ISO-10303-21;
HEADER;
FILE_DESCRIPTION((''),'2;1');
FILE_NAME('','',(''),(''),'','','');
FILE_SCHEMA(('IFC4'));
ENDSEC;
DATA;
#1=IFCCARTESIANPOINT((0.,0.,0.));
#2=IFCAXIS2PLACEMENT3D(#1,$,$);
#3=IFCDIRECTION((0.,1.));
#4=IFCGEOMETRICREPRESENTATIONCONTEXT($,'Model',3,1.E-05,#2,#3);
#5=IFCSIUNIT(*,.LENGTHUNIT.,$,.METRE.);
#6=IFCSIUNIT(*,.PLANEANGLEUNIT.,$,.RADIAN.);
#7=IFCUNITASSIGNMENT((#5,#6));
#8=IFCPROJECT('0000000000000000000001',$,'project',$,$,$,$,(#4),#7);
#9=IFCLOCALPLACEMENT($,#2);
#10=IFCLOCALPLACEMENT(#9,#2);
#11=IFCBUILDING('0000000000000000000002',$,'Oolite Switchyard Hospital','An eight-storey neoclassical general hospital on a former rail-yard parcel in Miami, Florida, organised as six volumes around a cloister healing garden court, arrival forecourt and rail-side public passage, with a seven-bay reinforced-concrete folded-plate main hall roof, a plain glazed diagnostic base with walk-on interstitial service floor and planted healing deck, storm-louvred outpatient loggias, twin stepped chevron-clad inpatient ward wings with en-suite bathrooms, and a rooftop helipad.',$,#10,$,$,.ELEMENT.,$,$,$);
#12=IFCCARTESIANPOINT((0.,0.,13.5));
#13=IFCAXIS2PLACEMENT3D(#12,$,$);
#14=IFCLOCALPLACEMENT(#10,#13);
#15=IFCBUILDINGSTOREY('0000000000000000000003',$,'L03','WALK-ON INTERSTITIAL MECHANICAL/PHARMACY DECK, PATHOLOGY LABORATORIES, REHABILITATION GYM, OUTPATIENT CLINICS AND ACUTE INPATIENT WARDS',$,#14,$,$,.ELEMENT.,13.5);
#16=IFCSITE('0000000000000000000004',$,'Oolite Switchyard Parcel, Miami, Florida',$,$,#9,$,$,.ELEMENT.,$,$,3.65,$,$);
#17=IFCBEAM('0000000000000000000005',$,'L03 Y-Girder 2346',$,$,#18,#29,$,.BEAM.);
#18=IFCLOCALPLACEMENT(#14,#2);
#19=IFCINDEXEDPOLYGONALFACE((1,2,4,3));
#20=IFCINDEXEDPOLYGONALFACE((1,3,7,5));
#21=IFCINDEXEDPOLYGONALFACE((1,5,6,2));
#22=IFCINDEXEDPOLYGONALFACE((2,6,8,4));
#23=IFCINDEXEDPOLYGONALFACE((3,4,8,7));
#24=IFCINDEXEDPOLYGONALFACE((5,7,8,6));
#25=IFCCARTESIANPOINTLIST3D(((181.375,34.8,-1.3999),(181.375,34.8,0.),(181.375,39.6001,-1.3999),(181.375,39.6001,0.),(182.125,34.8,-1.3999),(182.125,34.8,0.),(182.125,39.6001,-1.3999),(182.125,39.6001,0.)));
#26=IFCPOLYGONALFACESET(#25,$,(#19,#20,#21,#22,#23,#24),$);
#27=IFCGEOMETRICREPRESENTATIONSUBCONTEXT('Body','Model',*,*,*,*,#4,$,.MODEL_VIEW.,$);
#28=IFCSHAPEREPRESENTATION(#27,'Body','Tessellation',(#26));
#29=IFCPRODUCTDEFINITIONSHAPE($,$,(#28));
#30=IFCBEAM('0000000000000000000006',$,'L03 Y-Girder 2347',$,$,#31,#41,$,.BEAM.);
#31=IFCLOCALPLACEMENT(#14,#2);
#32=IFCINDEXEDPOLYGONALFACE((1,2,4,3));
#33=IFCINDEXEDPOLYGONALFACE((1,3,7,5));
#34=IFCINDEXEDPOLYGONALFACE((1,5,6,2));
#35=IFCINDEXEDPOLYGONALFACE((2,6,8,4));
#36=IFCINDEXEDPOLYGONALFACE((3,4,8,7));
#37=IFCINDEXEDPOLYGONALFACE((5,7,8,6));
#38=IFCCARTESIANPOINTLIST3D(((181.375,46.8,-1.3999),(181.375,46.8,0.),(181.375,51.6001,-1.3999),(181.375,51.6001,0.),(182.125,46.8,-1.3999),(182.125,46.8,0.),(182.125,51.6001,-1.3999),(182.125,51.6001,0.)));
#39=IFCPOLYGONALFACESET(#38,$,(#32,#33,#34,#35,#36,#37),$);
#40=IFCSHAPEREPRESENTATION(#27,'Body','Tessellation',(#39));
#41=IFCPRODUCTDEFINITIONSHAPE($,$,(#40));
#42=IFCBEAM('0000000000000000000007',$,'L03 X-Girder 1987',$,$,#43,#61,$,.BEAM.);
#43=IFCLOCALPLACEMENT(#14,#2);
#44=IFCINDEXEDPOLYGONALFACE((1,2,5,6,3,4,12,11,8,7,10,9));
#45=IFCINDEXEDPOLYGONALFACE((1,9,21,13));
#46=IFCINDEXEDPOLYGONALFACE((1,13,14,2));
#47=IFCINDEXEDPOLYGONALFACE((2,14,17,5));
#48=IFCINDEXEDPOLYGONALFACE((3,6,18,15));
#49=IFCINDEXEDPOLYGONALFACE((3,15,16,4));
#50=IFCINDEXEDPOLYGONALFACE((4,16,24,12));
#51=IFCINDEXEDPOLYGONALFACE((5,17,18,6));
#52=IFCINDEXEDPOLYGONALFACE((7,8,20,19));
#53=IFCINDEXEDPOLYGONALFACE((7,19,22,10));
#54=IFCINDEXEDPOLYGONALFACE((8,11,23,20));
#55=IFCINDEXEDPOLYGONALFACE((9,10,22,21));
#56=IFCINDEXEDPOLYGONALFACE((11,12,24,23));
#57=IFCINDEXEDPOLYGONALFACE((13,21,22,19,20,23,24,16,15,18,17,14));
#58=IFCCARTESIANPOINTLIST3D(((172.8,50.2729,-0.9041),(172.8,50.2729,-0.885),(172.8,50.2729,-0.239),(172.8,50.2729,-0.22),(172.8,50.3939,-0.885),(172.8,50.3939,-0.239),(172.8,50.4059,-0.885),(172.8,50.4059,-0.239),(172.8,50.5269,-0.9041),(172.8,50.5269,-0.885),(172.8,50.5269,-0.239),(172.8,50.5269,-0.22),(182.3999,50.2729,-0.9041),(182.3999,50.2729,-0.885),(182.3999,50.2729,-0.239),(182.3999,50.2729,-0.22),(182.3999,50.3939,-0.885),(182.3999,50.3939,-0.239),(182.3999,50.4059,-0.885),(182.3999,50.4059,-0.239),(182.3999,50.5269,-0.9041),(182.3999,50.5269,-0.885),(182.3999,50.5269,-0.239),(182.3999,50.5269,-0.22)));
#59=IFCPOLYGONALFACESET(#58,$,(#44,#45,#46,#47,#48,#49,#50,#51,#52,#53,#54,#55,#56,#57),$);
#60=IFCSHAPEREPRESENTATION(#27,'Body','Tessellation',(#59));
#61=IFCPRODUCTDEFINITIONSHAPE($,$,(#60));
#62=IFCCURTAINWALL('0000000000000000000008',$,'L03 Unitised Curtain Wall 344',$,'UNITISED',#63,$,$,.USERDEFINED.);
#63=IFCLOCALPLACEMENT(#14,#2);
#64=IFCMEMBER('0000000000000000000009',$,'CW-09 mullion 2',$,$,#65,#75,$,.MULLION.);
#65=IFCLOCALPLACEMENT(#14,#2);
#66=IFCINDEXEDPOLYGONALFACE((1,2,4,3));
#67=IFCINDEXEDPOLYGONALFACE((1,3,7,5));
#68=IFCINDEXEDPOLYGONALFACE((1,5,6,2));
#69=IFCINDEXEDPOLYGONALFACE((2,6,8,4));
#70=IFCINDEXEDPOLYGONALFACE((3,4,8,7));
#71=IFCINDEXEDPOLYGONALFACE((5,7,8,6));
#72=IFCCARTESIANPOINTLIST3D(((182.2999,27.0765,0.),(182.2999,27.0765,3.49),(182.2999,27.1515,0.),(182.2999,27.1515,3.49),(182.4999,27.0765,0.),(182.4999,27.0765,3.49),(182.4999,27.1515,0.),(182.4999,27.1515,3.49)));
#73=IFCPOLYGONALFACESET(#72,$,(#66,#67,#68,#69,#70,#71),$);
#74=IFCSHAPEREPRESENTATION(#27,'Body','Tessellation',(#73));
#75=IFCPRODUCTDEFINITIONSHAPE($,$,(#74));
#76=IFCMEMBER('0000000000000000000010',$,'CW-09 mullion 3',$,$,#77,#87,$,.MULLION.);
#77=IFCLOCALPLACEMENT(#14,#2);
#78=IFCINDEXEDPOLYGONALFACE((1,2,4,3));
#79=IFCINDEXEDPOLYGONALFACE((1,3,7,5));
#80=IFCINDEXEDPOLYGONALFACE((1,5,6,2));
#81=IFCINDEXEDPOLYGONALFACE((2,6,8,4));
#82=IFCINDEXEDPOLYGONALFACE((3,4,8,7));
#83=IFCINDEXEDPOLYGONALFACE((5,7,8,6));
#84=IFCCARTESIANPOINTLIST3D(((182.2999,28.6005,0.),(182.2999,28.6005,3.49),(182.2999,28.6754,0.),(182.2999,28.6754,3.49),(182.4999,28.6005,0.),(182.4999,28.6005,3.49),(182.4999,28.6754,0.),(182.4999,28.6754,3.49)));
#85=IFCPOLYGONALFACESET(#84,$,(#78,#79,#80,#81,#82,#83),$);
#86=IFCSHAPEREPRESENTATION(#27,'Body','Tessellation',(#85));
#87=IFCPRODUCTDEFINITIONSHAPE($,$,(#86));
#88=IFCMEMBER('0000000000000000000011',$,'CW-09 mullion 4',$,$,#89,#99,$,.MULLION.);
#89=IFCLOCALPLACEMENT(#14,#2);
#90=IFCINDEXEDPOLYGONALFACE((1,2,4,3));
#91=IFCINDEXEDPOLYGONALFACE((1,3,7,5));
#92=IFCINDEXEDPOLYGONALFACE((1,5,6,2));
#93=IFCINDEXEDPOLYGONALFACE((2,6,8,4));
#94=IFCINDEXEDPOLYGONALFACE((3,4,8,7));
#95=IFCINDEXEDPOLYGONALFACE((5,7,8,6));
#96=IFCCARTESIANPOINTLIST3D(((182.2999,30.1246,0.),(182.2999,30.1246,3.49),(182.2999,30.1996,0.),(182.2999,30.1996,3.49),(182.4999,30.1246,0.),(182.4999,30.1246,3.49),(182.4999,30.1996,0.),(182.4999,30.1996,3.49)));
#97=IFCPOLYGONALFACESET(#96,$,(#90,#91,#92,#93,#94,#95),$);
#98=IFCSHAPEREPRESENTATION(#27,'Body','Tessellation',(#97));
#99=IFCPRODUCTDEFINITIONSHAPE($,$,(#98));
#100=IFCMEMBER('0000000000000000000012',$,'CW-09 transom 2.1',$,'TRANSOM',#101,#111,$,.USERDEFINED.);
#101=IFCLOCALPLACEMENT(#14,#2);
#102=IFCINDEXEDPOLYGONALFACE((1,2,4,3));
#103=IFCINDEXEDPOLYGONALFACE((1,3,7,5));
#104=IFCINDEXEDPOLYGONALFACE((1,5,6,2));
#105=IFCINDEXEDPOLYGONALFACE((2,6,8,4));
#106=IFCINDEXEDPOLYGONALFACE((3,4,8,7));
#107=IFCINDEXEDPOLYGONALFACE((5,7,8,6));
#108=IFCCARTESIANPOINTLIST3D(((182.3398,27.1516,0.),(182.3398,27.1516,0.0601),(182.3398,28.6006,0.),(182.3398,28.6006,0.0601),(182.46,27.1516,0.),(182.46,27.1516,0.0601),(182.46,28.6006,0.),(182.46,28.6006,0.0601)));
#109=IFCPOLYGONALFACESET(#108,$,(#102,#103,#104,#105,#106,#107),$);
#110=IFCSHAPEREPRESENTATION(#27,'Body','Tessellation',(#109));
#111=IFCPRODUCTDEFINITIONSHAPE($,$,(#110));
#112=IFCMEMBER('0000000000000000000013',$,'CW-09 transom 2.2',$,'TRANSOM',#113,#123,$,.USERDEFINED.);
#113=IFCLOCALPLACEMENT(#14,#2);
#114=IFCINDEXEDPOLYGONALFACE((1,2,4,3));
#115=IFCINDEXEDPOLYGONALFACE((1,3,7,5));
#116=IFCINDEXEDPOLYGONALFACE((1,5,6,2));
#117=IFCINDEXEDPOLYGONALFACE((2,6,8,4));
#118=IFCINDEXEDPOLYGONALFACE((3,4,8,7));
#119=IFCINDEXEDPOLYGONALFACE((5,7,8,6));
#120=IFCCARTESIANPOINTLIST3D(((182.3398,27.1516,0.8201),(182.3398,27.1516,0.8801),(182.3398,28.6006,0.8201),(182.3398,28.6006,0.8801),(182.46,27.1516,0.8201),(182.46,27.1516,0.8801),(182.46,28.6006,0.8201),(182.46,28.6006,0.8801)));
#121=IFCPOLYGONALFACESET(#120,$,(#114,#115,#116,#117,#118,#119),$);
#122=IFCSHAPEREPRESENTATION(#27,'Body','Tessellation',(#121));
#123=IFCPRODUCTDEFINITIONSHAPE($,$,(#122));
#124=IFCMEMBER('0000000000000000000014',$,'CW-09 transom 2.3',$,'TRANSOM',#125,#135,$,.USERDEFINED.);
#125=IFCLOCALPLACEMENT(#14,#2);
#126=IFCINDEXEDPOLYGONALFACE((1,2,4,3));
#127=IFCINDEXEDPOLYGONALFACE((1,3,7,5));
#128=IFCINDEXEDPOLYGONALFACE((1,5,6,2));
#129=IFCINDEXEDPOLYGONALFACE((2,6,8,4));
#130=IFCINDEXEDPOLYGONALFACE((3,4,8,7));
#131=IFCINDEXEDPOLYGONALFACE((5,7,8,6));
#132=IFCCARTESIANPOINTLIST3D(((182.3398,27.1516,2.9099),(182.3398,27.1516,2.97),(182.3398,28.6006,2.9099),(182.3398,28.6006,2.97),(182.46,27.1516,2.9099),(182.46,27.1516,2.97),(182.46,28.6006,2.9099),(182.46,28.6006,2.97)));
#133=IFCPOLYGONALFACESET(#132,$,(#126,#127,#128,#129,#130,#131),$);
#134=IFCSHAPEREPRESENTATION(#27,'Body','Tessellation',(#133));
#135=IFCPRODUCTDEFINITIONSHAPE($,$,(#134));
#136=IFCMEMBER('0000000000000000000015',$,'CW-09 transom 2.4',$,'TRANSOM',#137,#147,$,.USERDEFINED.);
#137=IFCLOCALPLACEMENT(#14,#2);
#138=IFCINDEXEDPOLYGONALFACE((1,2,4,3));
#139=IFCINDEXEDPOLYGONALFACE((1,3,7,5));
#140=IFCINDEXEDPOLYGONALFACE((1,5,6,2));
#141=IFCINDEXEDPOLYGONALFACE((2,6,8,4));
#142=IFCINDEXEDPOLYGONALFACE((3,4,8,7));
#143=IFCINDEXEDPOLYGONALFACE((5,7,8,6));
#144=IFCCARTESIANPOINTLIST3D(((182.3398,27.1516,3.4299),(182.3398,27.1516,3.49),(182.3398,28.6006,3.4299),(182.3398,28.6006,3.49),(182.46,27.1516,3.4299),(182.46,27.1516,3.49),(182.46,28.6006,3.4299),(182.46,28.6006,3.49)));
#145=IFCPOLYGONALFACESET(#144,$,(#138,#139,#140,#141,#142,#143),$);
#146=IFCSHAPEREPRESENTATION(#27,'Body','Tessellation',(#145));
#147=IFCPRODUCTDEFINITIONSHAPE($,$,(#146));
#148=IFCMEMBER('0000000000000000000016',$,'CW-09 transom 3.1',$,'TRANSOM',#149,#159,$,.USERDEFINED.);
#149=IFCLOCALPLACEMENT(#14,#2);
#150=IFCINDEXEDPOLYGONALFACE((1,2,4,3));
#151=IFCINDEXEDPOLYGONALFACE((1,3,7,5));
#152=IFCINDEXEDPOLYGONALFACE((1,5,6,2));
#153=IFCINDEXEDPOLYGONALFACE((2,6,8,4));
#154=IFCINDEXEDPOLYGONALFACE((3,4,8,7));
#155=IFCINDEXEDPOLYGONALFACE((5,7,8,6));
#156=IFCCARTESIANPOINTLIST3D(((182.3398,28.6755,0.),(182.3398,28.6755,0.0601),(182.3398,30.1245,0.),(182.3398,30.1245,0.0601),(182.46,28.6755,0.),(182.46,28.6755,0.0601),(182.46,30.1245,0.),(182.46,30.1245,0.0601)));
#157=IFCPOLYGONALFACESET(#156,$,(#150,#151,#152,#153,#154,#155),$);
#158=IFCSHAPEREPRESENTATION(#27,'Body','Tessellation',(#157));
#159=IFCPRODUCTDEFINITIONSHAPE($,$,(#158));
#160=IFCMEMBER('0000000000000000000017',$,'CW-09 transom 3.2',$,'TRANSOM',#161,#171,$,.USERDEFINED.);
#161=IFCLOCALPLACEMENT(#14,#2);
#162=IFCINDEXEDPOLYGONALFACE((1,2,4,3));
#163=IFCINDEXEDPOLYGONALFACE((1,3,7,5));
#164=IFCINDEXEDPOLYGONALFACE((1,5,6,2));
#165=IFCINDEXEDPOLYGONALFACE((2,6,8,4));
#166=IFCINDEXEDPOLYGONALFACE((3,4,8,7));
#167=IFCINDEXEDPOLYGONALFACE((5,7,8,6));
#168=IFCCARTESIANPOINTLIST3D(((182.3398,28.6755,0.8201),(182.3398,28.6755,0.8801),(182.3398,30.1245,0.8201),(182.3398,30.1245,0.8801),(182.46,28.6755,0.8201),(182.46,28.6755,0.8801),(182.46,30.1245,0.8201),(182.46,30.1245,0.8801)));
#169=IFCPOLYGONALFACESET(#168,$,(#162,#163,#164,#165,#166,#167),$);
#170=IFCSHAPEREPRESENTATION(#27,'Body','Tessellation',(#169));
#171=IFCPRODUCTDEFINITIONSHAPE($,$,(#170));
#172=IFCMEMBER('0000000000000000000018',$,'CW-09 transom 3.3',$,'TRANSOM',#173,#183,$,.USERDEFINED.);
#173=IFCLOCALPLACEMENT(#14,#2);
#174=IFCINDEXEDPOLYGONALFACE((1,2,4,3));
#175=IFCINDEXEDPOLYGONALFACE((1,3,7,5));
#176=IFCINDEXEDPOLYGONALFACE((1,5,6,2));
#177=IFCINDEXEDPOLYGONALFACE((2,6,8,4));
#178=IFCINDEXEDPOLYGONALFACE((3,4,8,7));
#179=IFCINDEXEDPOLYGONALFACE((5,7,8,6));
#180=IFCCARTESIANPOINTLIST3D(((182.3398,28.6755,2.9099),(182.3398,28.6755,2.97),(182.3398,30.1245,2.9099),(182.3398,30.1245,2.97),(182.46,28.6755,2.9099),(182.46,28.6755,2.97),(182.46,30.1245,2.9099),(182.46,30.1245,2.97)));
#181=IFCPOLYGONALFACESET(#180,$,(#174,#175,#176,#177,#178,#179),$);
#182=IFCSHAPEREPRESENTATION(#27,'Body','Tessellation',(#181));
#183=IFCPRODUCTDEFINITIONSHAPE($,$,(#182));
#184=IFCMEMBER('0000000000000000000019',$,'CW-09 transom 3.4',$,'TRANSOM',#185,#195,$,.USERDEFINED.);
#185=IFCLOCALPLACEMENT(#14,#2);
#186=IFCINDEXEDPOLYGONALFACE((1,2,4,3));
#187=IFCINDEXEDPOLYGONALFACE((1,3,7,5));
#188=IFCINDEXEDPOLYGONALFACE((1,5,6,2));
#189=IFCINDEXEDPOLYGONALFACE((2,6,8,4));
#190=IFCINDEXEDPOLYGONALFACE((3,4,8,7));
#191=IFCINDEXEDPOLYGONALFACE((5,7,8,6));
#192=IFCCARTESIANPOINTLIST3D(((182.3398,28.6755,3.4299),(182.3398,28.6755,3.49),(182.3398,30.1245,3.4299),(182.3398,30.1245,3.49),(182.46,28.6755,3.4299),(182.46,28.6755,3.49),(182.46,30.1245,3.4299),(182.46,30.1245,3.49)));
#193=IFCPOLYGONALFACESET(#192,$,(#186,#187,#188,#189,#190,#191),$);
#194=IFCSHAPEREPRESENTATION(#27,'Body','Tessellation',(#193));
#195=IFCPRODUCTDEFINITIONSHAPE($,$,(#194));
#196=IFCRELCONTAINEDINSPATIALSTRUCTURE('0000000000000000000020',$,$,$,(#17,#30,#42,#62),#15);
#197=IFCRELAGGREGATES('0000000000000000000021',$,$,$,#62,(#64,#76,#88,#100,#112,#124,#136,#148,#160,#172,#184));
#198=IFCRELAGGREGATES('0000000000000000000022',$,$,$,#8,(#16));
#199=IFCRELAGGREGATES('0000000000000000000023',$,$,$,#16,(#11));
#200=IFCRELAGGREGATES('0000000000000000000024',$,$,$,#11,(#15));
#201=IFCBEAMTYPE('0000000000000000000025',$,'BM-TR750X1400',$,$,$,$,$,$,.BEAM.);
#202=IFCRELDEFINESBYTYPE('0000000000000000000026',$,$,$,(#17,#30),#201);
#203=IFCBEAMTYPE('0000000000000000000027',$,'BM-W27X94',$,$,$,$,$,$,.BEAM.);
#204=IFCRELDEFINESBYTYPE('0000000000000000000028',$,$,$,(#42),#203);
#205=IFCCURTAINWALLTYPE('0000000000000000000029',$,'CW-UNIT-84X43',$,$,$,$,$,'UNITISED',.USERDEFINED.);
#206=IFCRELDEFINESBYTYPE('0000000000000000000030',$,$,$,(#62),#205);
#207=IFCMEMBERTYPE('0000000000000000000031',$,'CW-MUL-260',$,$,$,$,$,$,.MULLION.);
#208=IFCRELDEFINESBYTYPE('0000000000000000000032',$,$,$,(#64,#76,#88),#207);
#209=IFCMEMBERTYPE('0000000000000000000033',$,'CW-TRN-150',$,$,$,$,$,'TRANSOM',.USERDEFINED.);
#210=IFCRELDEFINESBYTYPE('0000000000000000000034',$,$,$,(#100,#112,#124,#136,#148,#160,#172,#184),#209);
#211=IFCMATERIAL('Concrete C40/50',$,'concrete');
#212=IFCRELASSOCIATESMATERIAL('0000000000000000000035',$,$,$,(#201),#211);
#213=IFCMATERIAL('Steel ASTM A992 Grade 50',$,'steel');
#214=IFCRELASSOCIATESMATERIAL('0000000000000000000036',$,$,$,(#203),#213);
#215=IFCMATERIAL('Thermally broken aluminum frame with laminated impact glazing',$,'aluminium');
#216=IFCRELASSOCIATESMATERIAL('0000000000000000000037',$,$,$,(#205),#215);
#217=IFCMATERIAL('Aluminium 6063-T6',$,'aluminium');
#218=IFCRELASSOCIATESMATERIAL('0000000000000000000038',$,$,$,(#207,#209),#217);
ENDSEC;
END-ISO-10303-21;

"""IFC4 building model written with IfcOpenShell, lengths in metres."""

from ifc_helpers import new_model, si_unit, direction, frame, origin, origin_2d, place, context, subcontext, project, spatial, rectangle, i_section, extrude, material, material_profile, profile_set, type_object, element, aggregate, save


model = new_model("IFC4")

# Units and contexts
model_context = context("Model", 3, precision=1e-05, world=origin(), true_north=direction((0.0, 1.0)))
body_context = subcontext(model_context, "Body", "Model", "MODEL_VIEW")
ifc_project = project(units=[si_unit("LENGTHUNIT", "METRE"), si_unit("PLANEANGLEUNIT", "RADIAN")], contexts=[model_context])

# Site, building, storey
site_placement = place(None, origin())
site = spatial("IfcSite", under=ifc_project, at=site_placement, Name="Oolite Switchyard Parcel, Miami, Florida", CompositionType="ELEMENT", RefElevation=3.65)
building_placement = place(site_placement, origin())
building = spatial("IfcBuilding", under=site, at=building_placement, Name="Oolite Switchyard Hospital", Description="An eight-storey neoclassical general hospital on a former rail-yard parcel in Miami, Florida, organised as six volumes around a cloister healing garden court, arrival forecourt and rail-side public passage, with a seven-bay reinforced-concrete folded-plate main hall roof, a plain glazed diagnostic base with walk-on interstitial service floor and planted healing deck, storm-louvred outpatient loggias, twin stepped chevron-clad inpatient ward wings with en-suite bathrooms, and a rooftop helipad.", CompositionType="ELEMENT")
storey_placement = place(building_placement, frame((0.0, 0.0, 13.5)))
storey = spatial("IfcBuildingStorey", under=building, at=storey_placement, Name="L03", Description="WALK-ON INTERSTITIAL MECHANICAL/PHARMACY DECK, PATHOLOGY LABORATORIES, REHABILITATION GYM, OUTPATIENT CLINICS AND ACUTE INPATIENT WARDS", CompositionType="ELEMENT", Elevation=13.5)

# Beams
ifc_material_1 = material(Name="Concrete C40/50", Category="concrete")
ifc_material_profile_1 = material_profile(ifc_material_1, rectangle(XDim=0.75, YDim=1.3999, at=origin_2d()), Name="RCT750X1400")
ifc_profile_set_1 = profile_set([ifc_material_profile_1], Name="Concrete C40/50")
beam_type_1 = type_object("IfcBeamType", Name="BM-TR750X1400", PredefinedType="BEAM", material=ifc_profile_set_1)
for number, where, z_axis, x_axis, name in (
    (1, (181.75, 34.8, -0.7), (0.0, 1.0, 0.0), (-1.0, 0.0, 0.0), "L03 Y-Girder 2346"),
    (2, (181.75, 46.8, -0.7), (0.0, 1.0, 0.0), (-1.0, 0.0, 0.0), "L03 Y-Girder 2347"),
):
    element("IfcBeam", number, at=place(storey_placement, frame(where, z_axis=z_axis, x_axis=x_axis)), inside=storey, type_object=beam_type_1, Name=name, PredefinedType="BEAM", context=body_context, shape_type="SweptSolid", body=[
        extrude(rectangle(XDim=0.75, YDim=1.3999, at=origin_2d()), origin(), (0.0, 0.0, 1.0), 4.8),
    ])
ifc_material_2 = material(Name="Steel ASTM A992 Grade 50", Category="steel")
ifc_material_profile_2 = material_profile(ifc_material_2, i_section(OverallWidth=0.2539, OverallDepth=0.6841, WebThickness=0.012, FlangeThickness=0.019, at=origin_2d()), Name="W27X94")
ifc_profile_set_2 = profile_set([ifc_material_profile_2], Name="Steel ASTM A992 Grade 50")
beam_type_2 = type_object("IfcBeamType", Name="BM-W27X94", PredefinedType="BEAM", material=ifc_profile_set_2)
beam_placement = place(storey_placement, frame((172.8, 50.3999, -0.562), z_axis=(1.0, 0.0, 0.0), x_axis=(0.0, 1.0, 0.0)))
element("IfcBeam", 3, at=beam_placement, inside=storey, type_object=beam_type_2, Name="L03 X-Girder 1987", PredefinedType="BEAM", context=body_context, shape_type="SweptSolid", body=[
    extrude(i_section(OverallWidth=0.2539, OverallDepth=0.6841, WebThickness=0.012, FlangeThickness=0.019, at=origin_2d()), origin(), (0.0, 0.0, 1.0), 9.5999),
])

# Curtain wall, members
ifc_material_3 = material(Name="Thermally broken aluminum frame with laminated impact glazing", Category="aluminium")
curtain_wall_type = type_object("IfcCurtainWallType", Name="CW-UNIT-84X43", ElementType="UNITISED", PredefinedType="USERDEFINED", material=ifc_material_3)
curtain_wall_placement = place(storey_placement, origin())
curtain_wall = element("IfcCurtainWall", 4, at=curtain_wall_placement, inside=storey, type_object=curtain_wall_type, Name="L03 Unitised Curtain Wall 344", ObjectType="UNITISED", PredefinedType="USERDEFINED")
ifc_material_4 = material(Name="Aluminium 6063-T6", Category="aluminium")
ifc_material_profile_3 = material_profile(ifc_material_4, rectangle(XDim=0.2, YDim=0.075, at=origin_2d()), Name="CWM75X200")
ifc_profile_set_3 = profile_set([ifc_material_profile_3], Name="Aluminium 6063-T6")
member_type_1 = type_object("IfcMemberType", Name="CW-MUL-260", PredefinedType="MULLION", material=ifc_profile_set_3)
member_1_placement = place(storey_placement, frame((182.3999, 27.114, 0.0), z_axis=(0.0, 0.0, 1.0), x_axis=(-1.0, 0.0, 0.0)))
member_1 = element("IfcMember", 5, at=member_1_placement, type_object=member_type_1, Name="CW-09 mullion 2", PredefinedType="MULLION", context=body_context, shape_type="SweptSolid", body=[
    extrude(rectangle(XDim=0.2, YDim=0.075, at=origin_2d()), origin(), (0.0, 0.0, 1.0), 3.49),
])
member_2_placement = place(storey_placement, frame((182.3999, 28.6379, 0.0), z_axis=(0.0, 0.0, 1.0), x_axis=(-1.0, 0.0, 0.0)))
member_2 = element("IfcMember", 6, at=member_2_placement, type_object=member_type_1, Name="CW-09 mullion 3", PredefinedType="MULLION", context=body_context, shape_type="SweptSolid", body=[
    extrude(rectangle(XDim=0.2, YDim=0.075, at=origin_2d()), origin(), (0.0, 0.0, 1.0), 3.49),
])
member_3_placement = place(storey_placement, frame((182.3999, 30.1621, 0.0), z_axis=(0.0, 0.0, 1.0), x_axis=(-1.0, 0.0, 0.0)))
member_3 = element("IfcMember", 7, at=member_3_placement, type_object=member_type_1, Name="CW-09 mullion 4", PredefinedType="MULLION", context=body_context, shape_type="SweptSolid", body=[
    extrude(rectangle(XDim=0.2, YDim=0.075, at=origin_2d()), origin(), (0.0, 0.0, 1.0), 3.49),
])
ifc_material_profile_4 = material_profile(ifc_material_4, rectangle(XDim=0.1201, YDim=0.0601, at=origin_2d()), Name="CWT60X120")
ifc_profile_set_4 = profile_set([ifc_material_profile_4], Name="Aluminium 6063-T6")
member_type_2 = type_object("IfcMemberType", Name="CW-TRN-150", ElementType="TRANSOM", PredefinedType="USERDEFINED", material=ifc_profile_set_4)
member_4_placement = place(storey_placement, frame((182.3999, 27.1516, 0.03), z_axis=(0.0, 1.0, 0.0), x_axis=(-1.0, 0.0, 0.0)))
member_4 = element("IfcMember", 8, at=member_4_placement, type_object=member_type_2, Name="CW-09 transom 2.1", ObjectType="TRANSOM", PredefinedType="USERDEFINED", context=body_context, shape_type="SweptSolid", body=[
    extrude(rectangle(XDim=0.1201, YDim=0.0601, at=origin_2d()), origin(), (0.0, 0.0, 1.0), 1.449),
])
member_5_placement = place(storey_placement, frame((182.3999, 27.1516, 0.8501), z_axis=(0.0, 1.0, 0.0), x_axis=(-1.0, 0.0, 0.0)))
member_5 = element("IfcMember", 9, at=member_5_placement, type_object=member_type_2, Name="CW-09 transom 2.2", ObjectType="TRANSOM", PredefinedType="USERDEFINED", context=body_context, shape_type="SweptSolid", body=[
    extrude(rectangle(XDim=0.1201, YDim=0.0601, at=origin_2d()), origin(), (0.0, 0.0, 1.0), 1.449),
])
member_6_placement = place(storey_placement, frame((182.3999, 27.1516, 2.9399), z_axis=(0.0, 1.0, 0.0), x_axis=(-1.0, 0.0, 0.0)))
member_6 = element("IfcMember", 10, at=member_6_placement, type_object=member_type_2, Name="CW-09 transom 2.3", ObjectType="TRANSOM", PredefinedType="USERDEFINED", context=body_context, shape_type="SweptSolid", body=[
    extrude(rectangle(XDim=0.1201, YDim=0.0601, at=origin_2d()), origin(), (0.0, 0.0, 1.0), 1.449),
])
member_7_placement = place(storey_placement, frame((182.3999, 27.1516, 3.46), z_axis=(0.0, 1.0, 0.0), x_axis=(-1.0, 0.0, 0.0)))
member_7 = element("IfcMember", 11, at=member_7_placement, type_object=member_type_2, Name="CW-09 transom 2.4", ObjectType="TRANSOM", PredefinedType="USERDEFINED", context=body_context, shape_type="SweptSolid", body=[
    extrude(rectangle(XDim=0.1201, YDim=0.0601, at=origin_2d()), origin(), (0.0, 0.0, 1.0), 1.449),
])
member_8_placement = place(storey_placement, frame((182.3999, 28.6755, 0.03), z_axis=(0.0, 1.0, 0.0), x_axis=(-1.0, 0.0, 0.0)))
member_8 = element("IfcMember", 12, at=member_8_placement, type_object=member_type_2, Name="CW-09 transom 3.1", ObjectType="TRANSOM", PredefinedType="USERDEFINED", context=body_context, shape_type="SweptSolid", body=[
    extrude(rectangle(XDim=0.1201, YDim=0.0601, at=origin_2d()), origin(), (0.0, 0.0, 1.0), 1.449),
])
member_9_placement = place(storey_placement, frame((182.3999, 28.6755, 0.8501), z_axis=(0.0, 1.0, 0.0), x_axis=(-1.0, 0.0, 0.0)))
member_9 = element("IfcMember", 13, at=member_9_placement, type_object=member_type_2, Name="CW-09 transom 3.2", ObjectType="TRANSOM", PredefinedType="USERDEFINED", context=body_context, shape_type="SweptSolid", body=[
    extrude(rectangle(XDim=0.1201, YDim=0.0601, at=origin_2d()), origin(), (0.0, 0.0, 1.0), 1.449),
])
member_10_placement = place(storey_placement, frame((182.3999, 28.6755, 2.9399), z_axis=(0.0, 1.0, 0.0), x_axis=(-1.0, 0.0, 0.0)))
member_10 = element("IfcMember", 14, at=member_10_placement, type_object=member_type_2, Name="CW-09 transom 3.3", ObjectType="TRANSOM", PredefinedType="USERDEFINED", context=body_context, shape_type="SweptSolid", body=[
    extrude(rectangle(XDim=0.1201, YDim=0.0601, at=origin_2d()), origin(), (0.0, 0.0, 1.0), 1.449),
])
member_11_placement = place(storey_placement, frame((182.3999, 28.6755, 3.46), z_axis=(0.0, 1.0, 0.0), x_axis=(-1.0, 0.0, 0.0)))
member_11 = element("IfcMember", 15, at=member_11_placement, type_object=member_type_2, Name="CW-09 transom 3.4", ObjectType="TRANSOM", PredefinedType="USERDEFINED", context=body_context, shape_type="SweptSolid", body=[
    extrude(rectangle(XDim=0.1201, YDim=0.0601, at=origin_2d()), origin(), (0.0, 0.0, 1.0), 1.449),
])
aggregate(curtain_wall, [member_1, member_2, member_3, member_4, member_5, member_6, member_7, member_8, member_9, member_10, member_11])

save(model, "model.ifc")
